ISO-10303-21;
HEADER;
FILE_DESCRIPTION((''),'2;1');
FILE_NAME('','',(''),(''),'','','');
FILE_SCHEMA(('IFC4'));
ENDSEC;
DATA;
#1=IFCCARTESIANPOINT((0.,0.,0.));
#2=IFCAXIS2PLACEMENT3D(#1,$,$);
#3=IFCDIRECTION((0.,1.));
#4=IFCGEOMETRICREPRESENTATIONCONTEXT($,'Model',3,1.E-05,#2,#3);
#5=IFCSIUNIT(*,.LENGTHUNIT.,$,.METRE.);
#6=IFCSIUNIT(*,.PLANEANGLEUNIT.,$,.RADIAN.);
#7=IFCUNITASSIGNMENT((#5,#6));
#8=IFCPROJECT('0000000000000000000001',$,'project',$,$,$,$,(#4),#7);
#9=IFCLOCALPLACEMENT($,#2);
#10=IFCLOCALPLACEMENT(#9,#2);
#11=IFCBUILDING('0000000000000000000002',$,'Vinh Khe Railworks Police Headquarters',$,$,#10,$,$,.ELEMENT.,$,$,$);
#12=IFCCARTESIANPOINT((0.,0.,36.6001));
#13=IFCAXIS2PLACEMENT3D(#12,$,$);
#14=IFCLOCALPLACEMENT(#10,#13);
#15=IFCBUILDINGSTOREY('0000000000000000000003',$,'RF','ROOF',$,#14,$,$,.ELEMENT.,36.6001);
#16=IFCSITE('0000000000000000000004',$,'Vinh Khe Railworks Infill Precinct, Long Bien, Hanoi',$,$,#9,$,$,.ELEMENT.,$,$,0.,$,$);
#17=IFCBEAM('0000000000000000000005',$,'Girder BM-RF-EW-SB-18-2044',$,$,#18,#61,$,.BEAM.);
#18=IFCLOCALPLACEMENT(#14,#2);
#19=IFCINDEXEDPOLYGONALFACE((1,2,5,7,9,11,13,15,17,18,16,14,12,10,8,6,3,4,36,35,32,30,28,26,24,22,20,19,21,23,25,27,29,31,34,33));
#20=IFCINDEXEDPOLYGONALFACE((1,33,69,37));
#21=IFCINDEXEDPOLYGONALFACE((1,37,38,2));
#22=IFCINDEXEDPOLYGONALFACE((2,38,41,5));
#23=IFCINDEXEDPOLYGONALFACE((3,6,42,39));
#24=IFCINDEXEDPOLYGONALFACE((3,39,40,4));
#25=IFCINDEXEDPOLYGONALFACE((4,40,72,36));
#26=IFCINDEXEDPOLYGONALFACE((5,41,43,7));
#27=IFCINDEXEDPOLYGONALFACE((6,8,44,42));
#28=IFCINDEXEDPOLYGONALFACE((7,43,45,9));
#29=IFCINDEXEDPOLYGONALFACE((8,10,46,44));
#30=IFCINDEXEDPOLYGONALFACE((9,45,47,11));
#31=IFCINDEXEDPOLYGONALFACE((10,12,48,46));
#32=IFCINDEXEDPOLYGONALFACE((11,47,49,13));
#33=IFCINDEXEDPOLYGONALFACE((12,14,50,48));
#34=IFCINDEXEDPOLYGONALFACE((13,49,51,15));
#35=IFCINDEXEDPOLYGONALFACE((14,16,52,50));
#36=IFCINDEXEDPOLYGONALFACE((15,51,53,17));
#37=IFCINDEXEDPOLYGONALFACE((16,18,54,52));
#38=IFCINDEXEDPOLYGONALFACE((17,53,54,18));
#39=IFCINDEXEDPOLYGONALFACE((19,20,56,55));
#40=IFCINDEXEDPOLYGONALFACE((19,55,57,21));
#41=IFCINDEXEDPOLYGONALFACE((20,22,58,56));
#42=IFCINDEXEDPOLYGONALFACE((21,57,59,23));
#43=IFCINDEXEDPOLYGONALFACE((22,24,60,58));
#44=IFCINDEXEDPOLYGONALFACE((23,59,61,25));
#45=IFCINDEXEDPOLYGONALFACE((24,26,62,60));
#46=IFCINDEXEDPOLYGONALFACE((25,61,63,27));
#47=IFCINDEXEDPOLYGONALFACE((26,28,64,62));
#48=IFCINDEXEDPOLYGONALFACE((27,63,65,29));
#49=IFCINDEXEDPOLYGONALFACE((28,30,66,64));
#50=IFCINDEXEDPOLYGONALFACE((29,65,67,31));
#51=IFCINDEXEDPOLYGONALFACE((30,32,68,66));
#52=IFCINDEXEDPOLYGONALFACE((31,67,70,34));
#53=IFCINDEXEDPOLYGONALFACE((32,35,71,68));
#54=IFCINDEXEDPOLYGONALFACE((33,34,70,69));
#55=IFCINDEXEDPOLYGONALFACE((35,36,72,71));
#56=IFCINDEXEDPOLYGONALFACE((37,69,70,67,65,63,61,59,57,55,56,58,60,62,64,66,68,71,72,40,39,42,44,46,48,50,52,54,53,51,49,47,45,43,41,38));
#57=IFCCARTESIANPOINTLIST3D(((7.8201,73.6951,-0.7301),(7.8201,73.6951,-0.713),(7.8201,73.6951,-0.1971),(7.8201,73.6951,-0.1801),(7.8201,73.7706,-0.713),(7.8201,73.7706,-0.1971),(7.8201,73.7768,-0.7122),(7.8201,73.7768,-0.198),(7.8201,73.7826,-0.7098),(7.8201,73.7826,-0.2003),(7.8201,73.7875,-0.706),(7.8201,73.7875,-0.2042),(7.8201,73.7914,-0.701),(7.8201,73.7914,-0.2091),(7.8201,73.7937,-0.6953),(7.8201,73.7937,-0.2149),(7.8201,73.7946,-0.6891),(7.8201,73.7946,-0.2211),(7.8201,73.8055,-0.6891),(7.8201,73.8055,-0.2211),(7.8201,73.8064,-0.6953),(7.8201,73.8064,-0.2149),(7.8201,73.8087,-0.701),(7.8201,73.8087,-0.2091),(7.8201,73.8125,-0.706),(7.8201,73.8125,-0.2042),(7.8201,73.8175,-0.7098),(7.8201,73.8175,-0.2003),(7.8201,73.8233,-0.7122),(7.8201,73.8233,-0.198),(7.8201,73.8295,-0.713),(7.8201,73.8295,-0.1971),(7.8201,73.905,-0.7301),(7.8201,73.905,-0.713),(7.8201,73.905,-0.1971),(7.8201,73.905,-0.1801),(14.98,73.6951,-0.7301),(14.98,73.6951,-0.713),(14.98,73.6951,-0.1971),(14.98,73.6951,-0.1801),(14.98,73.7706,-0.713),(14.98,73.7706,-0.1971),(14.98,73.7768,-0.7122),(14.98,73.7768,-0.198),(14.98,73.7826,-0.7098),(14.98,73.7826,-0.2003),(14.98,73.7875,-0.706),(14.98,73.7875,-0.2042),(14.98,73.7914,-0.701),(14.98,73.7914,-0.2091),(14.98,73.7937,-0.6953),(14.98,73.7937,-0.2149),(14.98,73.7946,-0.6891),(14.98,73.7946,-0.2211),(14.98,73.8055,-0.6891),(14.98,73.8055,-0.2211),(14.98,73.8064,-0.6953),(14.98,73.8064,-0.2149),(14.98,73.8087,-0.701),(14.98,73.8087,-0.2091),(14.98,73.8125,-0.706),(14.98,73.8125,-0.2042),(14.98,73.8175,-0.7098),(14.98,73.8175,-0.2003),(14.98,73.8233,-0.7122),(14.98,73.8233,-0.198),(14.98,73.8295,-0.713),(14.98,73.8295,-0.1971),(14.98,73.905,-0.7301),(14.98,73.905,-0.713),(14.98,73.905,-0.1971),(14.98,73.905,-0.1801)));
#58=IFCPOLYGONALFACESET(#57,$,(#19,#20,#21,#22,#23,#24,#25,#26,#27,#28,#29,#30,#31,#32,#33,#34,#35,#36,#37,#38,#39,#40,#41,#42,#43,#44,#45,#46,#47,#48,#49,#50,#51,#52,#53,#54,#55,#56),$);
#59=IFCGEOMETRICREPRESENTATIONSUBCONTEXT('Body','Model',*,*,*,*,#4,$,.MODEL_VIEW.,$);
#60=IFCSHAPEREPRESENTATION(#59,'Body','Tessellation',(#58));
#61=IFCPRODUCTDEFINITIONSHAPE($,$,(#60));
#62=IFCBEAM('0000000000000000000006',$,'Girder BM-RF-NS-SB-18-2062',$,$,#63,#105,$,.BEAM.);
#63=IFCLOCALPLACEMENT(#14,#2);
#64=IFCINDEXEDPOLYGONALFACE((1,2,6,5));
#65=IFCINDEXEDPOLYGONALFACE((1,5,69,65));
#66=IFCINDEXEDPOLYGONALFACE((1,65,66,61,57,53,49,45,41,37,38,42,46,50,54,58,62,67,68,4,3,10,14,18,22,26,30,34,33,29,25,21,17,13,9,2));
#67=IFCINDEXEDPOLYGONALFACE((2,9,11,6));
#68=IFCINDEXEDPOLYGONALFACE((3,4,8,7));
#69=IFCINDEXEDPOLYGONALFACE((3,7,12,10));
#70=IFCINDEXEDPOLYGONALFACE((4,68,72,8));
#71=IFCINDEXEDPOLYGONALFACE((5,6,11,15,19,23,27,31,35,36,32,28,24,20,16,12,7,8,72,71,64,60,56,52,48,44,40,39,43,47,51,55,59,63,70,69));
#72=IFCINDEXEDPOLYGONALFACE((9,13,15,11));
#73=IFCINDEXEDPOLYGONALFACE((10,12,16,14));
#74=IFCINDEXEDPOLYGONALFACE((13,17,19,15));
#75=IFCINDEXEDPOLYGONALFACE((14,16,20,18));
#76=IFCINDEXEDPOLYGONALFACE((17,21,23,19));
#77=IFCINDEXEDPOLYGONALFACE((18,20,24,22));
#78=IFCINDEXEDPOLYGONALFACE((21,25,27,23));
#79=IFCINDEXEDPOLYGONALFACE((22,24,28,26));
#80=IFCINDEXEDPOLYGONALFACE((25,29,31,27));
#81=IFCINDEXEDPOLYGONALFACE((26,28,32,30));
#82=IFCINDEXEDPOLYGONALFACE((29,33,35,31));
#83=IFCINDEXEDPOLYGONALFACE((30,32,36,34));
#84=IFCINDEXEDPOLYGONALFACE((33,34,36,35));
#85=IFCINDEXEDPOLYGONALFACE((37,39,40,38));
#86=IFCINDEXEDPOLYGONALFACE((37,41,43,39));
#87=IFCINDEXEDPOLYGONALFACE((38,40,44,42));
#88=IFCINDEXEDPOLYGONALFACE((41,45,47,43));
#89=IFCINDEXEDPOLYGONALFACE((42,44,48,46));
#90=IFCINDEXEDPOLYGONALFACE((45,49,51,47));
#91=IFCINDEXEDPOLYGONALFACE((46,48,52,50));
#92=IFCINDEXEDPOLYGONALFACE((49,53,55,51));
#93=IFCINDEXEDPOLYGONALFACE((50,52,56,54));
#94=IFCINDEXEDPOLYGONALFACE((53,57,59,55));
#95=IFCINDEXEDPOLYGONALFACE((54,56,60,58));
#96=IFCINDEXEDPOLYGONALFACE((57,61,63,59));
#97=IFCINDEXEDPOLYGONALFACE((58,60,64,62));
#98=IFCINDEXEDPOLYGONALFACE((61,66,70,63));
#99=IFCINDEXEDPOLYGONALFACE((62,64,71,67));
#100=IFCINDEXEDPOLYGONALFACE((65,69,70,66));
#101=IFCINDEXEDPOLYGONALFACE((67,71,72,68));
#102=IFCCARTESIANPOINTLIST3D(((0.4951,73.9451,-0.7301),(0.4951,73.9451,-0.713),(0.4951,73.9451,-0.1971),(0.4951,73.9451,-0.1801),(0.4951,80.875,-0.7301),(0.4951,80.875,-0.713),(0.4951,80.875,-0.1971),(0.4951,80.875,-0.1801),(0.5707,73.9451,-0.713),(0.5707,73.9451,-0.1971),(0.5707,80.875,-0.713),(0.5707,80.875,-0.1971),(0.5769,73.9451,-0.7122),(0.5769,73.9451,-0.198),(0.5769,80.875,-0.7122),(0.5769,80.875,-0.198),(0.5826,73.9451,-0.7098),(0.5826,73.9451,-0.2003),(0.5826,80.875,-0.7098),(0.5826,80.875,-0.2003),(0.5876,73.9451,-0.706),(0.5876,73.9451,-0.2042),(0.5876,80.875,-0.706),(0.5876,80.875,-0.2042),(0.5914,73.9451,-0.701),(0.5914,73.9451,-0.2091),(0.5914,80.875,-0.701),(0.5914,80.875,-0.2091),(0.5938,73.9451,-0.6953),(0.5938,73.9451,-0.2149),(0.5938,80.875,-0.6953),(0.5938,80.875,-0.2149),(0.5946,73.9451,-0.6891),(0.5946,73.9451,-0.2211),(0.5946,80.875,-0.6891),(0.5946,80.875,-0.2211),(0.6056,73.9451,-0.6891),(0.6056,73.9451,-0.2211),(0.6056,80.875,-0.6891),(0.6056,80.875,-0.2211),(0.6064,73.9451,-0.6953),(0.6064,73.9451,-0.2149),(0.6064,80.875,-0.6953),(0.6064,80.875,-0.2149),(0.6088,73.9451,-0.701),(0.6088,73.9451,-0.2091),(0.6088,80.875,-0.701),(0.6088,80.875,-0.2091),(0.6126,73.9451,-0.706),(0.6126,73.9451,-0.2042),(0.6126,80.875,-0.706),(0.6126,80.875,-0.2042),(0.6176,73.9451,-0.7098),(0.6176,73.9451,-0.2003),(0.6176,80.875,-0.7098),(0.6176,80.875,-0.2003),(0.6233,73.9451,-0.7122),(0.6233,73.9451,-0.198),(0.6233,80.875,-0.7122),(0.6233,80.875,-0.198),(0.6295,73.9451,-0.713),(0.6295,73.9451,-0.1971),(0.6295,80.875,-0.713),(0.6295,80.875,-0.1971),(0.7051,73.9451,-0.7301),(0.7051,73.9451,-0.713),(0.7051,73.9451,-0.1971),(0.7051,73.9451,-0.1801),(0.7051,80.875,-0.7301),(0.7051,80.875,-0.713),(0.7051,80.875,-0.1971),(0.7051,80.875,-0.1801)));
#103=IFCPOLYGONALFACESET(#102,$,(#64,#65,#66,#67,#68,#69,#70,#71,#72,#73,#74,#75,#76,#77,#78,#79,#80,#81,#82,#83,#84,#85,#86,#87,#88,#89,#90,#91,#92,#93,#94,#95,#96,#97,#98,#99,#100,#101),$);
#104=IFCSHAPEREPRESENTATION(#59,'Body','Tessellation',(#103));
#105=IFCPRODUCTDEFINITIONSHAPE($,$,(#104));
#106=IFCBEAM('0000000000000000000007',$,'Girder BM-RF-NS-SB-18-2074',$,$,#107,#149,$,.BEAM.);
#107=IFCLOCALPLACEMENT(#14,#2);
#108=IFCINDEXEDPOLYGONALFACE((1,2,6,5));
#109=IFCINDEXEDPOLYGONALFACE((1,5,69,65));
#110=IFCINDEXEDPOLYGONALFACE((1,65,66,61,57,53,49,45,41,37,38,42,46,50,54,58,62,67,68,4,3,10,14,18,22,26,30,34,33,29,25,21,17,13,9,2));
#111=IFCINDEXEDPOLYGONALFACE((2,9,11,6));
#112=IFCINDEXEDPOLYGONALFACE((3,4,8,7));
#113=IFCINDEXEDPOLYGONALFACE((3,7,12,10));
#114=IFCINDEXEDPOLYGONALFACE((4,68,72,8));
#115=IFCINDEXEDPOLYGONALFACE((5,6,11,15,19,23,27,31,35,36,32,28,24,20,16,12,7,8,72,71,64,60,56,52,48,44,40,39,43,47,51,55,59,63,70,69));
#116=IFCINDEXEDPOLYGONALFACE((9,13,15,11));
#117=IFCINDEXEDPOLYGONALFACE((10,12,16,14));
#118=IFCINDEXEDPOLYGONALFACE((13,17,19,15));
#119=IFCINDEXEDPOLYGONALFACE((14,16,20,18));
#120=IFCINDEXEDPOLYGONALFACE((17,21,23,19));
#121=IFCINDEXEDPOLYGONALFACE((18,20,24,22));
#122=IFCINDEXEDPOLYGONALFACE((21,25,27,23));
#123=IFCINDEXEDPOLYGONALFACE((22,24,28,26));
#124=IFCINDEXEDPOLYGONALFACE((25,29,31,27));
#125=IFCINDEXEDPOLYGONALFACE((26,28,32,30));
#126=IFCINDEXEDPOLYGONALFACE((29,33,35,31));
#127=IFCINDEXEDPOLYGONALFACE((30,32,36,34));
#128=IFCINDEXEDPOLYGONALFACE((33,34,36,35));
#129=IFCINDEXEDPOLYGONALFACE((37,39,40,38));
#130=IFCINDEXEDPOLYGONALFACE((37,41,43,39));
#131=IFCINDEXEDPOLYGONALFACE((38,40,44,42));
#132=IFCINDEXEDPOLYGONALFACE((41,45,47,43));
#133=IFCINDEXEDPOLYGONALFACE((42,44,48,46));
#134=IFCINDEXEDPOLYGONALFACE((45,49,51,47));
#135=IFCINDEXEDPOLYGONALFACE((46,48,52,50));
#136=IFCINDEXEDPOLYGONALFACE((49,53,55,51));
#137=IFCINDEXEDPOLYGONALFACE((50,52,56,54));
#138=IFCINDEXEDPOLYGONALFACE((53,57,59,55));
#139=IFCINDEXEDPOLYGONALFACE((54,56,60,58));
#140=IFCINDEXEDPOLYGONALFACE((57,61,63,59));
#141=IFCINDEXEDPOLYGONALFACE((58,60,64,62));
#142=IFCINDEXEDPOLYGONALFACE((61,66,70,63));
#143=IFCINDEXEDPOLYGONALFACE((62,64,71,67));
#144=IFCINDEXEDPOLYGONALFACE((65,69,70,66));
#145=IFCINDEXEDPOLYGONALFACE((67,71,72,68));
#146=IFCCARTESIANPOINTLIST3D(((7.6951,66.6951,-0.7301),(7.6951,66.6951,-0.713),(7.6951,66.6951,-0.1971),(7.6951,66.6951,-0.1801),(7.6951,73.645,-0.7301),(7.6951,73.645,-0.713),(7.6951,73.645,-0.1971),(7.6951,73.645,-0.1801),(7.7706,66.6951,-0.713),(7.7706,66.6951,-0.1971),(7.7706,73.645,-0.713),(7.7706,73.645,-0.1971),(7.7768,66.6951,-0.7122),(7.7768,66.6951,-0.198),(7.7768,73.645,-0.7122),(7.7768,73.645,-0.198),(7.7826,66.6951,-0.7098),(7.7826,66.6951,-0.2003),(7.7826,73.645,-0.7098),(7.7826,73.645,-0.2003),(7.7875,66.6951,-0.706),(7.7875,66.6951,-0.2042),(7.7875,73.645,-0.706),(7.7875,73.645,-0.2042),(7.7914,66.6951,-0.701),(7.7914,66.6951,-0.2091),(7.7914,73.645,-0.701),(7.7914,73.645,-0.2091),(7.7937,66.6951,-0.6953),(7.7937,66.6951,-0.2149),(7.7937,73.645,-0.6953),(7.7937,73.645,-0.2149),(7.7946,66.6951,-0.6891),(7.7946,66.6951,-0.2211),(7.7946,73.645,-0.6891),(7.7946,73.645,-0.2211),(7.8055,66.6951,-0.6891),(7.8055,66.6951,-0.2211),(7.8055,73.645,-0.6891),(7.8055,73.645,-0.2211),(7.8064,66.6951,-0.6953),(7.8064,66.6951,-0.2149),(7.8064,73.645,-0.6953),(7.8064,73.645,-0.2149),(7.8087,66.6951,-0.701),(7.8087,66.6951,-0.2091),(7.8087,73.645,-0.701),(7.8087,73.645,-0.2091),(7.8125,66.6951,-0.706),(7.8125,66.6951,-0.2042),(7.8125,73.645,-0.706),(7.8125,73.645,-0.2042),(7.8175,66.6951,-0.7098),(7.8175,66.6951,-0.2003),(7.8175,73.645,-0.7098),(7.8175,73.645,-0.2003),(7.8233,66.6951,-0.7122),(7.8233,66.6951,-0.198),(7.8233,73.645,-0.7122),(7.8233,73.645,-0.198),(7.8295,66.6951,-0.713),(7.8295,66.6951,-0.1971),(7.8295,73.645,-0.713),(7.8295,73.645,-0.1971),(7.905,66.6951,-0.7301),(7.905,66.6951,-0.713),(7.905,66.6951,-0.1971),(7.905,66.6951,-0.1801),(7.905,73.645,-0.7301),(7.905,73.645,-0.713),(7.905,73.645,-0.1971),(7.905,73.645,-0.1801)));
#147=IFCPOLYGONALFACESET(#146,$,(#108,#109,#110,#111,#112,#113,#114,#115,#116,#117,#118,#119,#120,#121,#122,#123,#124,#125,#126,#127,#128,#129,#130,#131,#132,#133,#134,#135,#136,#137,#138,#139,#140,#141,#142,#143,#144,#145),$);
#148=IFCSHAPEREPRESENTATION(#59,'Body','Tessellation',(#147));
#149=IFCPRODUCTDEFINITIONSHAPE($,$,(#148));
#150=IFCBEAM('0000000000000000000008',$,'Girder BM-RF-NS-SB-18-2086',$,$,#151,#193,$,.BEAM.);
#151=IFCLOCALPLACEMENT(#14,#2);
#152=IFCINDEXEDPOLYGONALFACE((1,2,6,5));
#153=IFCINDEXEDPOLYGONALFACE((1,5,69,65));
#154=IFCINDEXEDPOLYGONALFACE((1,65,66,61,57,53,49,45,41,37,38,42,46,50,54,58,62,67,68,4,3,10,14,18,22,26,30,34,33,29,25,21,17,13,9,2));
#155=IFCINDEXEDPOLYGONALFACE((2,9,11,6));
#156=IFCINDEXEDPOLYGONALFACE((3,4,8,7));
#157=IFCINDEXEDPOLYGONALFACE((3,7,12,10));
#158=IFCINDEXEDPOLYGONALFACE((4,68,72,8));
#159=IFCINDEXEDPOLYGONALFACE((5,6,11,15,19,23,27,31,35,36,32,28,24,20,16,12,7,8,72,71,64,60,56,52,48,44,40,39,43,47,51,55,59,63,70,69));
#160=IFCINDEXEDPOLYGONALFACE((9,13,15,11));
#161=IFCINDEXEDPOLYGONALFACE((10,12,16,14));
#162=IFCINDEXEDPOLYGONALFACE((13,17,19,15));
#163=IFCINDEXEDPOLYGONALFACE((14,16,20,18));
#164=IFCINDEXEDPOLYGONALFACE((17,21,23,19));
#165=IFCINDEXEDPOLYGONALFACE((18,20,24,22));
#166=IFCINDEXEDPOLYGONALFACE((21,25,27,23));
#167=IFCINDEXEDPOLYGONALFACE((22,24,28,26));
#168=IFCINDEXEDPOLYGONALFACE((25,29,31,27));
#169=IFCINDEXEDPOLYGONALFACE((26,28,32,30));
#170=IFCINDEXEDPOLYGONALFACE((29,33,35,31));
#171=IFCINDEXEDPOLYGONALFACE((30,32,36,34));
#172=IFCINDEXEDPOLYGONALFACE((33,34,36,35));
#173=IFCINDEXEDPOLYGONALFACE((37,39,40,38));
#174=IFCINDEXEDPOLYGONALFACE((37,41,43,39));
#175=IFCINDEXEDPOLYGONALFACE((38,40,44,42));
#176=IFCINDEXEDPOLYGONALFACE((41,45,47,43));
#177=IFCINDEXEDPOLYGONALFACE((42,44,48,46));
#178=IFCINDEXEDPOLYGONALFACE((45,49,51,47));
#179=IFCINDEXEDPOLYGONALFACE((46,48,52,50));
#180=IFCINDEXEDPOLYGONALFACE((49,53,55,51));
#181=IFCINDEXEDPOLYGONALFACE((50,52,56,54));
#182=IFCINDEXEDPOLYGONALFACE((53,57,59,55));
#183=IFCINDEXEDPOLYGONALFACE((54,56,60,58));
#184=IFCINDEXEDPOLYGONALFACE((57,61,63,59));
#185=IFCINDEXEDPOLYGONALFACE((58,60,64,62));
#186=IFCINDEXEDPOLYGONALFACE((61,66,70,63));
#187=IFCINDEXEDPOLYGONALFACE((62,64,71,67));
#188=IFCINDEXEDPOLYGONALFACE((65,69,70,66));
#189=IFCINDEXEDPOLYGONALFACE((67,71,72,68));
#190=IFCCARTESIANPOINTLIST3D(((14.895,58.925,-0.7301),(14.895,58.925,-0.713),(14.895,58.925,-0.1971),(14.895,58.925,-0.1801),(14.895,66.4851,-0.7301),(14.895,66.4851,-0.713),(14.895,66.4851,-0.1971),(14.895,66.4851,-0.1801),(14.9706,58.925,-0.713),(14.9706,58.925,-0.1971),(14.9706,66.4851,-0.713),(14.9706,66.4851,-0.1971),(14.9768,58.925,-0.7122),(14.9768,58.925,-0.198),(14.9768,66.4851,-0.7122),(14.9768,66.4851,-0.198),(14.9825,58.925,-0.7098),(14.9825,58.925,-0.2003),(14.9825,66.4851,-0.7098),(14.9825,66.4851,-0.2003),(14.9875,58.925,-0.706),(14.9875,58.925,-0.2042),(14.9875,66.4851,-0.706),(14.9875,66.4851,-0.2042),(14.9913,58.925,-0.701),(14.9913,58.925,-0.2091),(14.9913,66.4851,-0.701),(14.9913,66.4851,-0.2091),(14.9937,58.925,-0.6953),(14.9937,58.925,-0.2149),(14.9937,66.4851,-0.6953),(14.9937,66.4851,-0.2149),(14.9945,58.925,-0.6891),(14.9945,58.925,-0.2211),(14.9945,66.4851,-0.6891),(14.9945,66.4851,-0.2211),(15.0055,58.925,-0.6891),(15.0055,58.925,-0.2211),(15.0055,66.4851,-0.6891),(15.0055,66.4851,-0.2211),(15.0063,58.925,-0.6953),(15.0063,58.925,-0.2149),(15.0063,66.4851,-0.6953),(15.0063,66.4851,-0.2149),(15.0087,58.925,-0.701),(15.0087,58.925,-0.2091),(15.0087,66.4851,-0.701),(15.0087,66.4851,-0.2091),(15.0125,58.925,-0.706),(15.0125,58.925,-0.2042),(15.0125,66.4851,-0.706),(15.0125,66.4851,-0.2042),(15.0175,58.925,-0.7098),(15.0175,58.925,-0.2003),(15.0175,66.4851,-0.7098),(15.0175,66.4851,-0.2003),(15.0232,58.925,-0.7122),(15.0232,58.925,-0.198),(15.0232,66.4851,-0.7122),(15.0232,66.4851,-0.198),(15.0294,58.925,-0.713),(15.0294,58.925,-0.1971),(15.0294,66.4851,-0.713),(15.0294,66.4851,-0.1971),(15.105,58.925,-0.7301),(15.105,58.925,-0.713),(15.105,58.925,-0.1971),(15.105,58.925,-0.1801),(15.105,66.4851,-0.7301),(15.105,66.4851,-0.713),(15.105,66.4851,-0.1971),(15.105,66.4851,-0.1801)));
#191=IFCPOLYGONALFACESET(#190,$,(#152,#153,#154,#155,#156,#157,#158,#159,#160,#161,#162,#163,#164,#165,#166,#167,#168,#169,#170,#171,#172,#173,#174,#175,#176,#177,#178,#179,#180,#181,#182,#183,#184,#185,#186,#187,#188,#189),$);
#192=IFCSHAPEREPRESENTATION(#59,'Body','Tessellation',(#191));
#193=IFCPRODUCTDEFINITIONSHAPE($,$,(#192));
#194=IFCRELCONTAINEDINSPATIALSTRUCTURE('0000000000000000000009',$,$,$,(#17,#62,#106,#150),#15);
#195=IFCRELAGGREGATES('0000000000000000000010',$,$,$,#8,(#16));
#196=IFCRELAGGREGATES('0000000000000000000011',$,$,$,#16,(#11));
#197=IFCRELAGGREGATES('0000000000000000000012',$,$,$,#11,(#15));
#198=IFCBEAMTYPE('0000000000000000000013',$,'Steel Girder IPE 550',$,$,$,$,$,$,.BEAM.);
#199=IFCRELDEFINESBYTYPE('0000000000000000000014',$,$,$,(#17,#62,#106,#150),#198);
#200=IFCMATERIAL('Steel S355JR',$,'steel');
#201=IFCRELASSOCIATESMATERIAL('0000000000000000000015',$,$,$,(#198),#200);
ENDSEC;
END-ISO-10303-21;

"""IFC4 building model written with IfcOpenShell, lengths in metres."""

from ifc_helpers import new_model, si_unit, direction, frame, origin, origin_2d, place, context, subcontext, project, spatial, i_section, extrude, material, material_profile, profile_set, type_object, element, save


model = new_model("IFC4")

# Units and contexts
model_context = context("Model", 3, precision=1e-05, world=origin(), true_north=direction((0.0, 1.0)))
body_context = subcontext(model_context, "Body", "Model", "MODEL_VIEW")
ifc_project = project(units=[si_unit("LENGTHUNIT", "METRE"), si_unit("PLANEANGLEUNIT", "RADIAN")], contexts=[model_context])

# Site, building, storey
site_placement = place(None, origin())
site = spatial("IfcSite", under=ifc_project, at=site_placement, Name="Vinh Khe Railworks Infill Precinct, Long Bien, Hanoi", CompositionType="ELEMENT", RefElevation=0.0)
building_placement = place(site_placement, origin())
building = spatial("IfcBuilding", under=site, at=building_placement, Name="Vinh Khe Railworks Police Headquarters", CompositionType="ELEMENT")
storey_placement = place(building_placement, frame((0.0, 0.0, 36.6001)))
storey = spatial("IfcBuildingStorey", under=building, at=storey_placement, Name="RF", Description="ROOF", CompositionType="ELEMENT", Elevation=36.6001)

# Shared definitions
ifc_material_1 = material(Name="Steel S355JR", Category="steel")

# Beams
ifc_material_profile_1 = material_profile(ifc_material_1, i_section(OverallWidth=0.21, OverallDepth=0.55, WebThickness=0.011, FlangeThickness=0.0171, FilletRadius=0.0239, at=origin_2d()), Name="IPE 550")
ifc_profile_set_1 = profile_set([ifc_material_profile_1], Name="Steel S355JR")
beam_type_1 = type_object("IfcBeamType", Name="Steel Girder IPE 550", PredefinedType="BEAM", material=ifc_profile_set_1)
beam_1_placement = place(storey_placement, frame((7.8201, 73.8, -0.4551), z_axis=(1.0, 0.0, 0.0), x_axis=(0.0, 1.0, 0.0)))
element("IfcBeam", 1, at=beam_1_placement, inside=storey, type_object=beam_type_1, Name="Girder BM-RF-EW-SB-18-2044", PredefinedType="BEAM", context=body_context, shape_type="SweptSolid", body=[
    extrude(i_section(OverallWidth=0.21, OverallDepth=0.55, WebThickness=0.011, FlangeThickness=0.0171, FilletRadius=0.0239, at=origin_2d()), origin(), (0.0, 0.0, 1.0), 7.1599),
])
beam_2_placement = place(storey_placement, frame((0.6001, 73.9451, -0.4551), z_axis=(0.0, 1.0, 0.0), x_axis=(-1.0, 0.0, 0.0)))
element("IfcBeam", 2, at=beam_2_placement, inside=storey, type_object=beam_type_1, Name="Girder BM-RF-NS-SB-18-2062", PredefinedType="BEAM", context=body_context, shape_type="SweptSolid", body=[
    extrude(i_section(OverallWidth=0.21, OverallDepth=0.55, WebThickness=0.011, FlangeThickness=0.0171, FilletRadius=0.0239, at=origin_2d()), origin(), (0.0, 0.0, 1.0), 6.9299),
])
beam_3_placement = place(storey_placement, frame((7.8, 66.6951, -0.4551), z_axis=(0.0, 1.0, 0.0), x_axis=(-1.0, 0.0, 0.0)))
element("IfcBeam", 3, at=beam_3_placement, inside=storey, type_object=beam_type_1, Name="Girder BM-RF-NS-SB-18-2074", PredefinedType="BEAM", context=body_context, shape_type="SweptSolid", body=[
    extrude(i_section(OverallWidth=0.21, OverallDepth=0.55, WebThickness=0.011, FlangeThickness=0.0171, FilletRadius=0.0239, at=origin_2d()), origin(), (0.0, 0.0, 1.0), 6.95),
])
beam_4_placement = place(storey_placement, frame((15.0, 58.925, -0.4551), z_axis=(0.0, 1.0, 0.0), x_axis=(-1.0, 0.0, 0.0)))
element("IfcBeam", 4, at=beam_4_placement, inside=storey, type_object=beam_type_1, Name="Girder BM-RF-NS-SB-18-2086", PredefinedType="BEAM", context=body_context, shape_type="SweptSolid", body=[
    extrude(i_section(OverallWidth=0.21, OverallDepth=0.55, WebThickness=0.011, FlangeThickness=0.0171, FilletRadius=0.0239, at=origin_2d()), origin(), (0.0, 0.0, 1.0), 7.5601),
])

save(model, "model.ifc")
